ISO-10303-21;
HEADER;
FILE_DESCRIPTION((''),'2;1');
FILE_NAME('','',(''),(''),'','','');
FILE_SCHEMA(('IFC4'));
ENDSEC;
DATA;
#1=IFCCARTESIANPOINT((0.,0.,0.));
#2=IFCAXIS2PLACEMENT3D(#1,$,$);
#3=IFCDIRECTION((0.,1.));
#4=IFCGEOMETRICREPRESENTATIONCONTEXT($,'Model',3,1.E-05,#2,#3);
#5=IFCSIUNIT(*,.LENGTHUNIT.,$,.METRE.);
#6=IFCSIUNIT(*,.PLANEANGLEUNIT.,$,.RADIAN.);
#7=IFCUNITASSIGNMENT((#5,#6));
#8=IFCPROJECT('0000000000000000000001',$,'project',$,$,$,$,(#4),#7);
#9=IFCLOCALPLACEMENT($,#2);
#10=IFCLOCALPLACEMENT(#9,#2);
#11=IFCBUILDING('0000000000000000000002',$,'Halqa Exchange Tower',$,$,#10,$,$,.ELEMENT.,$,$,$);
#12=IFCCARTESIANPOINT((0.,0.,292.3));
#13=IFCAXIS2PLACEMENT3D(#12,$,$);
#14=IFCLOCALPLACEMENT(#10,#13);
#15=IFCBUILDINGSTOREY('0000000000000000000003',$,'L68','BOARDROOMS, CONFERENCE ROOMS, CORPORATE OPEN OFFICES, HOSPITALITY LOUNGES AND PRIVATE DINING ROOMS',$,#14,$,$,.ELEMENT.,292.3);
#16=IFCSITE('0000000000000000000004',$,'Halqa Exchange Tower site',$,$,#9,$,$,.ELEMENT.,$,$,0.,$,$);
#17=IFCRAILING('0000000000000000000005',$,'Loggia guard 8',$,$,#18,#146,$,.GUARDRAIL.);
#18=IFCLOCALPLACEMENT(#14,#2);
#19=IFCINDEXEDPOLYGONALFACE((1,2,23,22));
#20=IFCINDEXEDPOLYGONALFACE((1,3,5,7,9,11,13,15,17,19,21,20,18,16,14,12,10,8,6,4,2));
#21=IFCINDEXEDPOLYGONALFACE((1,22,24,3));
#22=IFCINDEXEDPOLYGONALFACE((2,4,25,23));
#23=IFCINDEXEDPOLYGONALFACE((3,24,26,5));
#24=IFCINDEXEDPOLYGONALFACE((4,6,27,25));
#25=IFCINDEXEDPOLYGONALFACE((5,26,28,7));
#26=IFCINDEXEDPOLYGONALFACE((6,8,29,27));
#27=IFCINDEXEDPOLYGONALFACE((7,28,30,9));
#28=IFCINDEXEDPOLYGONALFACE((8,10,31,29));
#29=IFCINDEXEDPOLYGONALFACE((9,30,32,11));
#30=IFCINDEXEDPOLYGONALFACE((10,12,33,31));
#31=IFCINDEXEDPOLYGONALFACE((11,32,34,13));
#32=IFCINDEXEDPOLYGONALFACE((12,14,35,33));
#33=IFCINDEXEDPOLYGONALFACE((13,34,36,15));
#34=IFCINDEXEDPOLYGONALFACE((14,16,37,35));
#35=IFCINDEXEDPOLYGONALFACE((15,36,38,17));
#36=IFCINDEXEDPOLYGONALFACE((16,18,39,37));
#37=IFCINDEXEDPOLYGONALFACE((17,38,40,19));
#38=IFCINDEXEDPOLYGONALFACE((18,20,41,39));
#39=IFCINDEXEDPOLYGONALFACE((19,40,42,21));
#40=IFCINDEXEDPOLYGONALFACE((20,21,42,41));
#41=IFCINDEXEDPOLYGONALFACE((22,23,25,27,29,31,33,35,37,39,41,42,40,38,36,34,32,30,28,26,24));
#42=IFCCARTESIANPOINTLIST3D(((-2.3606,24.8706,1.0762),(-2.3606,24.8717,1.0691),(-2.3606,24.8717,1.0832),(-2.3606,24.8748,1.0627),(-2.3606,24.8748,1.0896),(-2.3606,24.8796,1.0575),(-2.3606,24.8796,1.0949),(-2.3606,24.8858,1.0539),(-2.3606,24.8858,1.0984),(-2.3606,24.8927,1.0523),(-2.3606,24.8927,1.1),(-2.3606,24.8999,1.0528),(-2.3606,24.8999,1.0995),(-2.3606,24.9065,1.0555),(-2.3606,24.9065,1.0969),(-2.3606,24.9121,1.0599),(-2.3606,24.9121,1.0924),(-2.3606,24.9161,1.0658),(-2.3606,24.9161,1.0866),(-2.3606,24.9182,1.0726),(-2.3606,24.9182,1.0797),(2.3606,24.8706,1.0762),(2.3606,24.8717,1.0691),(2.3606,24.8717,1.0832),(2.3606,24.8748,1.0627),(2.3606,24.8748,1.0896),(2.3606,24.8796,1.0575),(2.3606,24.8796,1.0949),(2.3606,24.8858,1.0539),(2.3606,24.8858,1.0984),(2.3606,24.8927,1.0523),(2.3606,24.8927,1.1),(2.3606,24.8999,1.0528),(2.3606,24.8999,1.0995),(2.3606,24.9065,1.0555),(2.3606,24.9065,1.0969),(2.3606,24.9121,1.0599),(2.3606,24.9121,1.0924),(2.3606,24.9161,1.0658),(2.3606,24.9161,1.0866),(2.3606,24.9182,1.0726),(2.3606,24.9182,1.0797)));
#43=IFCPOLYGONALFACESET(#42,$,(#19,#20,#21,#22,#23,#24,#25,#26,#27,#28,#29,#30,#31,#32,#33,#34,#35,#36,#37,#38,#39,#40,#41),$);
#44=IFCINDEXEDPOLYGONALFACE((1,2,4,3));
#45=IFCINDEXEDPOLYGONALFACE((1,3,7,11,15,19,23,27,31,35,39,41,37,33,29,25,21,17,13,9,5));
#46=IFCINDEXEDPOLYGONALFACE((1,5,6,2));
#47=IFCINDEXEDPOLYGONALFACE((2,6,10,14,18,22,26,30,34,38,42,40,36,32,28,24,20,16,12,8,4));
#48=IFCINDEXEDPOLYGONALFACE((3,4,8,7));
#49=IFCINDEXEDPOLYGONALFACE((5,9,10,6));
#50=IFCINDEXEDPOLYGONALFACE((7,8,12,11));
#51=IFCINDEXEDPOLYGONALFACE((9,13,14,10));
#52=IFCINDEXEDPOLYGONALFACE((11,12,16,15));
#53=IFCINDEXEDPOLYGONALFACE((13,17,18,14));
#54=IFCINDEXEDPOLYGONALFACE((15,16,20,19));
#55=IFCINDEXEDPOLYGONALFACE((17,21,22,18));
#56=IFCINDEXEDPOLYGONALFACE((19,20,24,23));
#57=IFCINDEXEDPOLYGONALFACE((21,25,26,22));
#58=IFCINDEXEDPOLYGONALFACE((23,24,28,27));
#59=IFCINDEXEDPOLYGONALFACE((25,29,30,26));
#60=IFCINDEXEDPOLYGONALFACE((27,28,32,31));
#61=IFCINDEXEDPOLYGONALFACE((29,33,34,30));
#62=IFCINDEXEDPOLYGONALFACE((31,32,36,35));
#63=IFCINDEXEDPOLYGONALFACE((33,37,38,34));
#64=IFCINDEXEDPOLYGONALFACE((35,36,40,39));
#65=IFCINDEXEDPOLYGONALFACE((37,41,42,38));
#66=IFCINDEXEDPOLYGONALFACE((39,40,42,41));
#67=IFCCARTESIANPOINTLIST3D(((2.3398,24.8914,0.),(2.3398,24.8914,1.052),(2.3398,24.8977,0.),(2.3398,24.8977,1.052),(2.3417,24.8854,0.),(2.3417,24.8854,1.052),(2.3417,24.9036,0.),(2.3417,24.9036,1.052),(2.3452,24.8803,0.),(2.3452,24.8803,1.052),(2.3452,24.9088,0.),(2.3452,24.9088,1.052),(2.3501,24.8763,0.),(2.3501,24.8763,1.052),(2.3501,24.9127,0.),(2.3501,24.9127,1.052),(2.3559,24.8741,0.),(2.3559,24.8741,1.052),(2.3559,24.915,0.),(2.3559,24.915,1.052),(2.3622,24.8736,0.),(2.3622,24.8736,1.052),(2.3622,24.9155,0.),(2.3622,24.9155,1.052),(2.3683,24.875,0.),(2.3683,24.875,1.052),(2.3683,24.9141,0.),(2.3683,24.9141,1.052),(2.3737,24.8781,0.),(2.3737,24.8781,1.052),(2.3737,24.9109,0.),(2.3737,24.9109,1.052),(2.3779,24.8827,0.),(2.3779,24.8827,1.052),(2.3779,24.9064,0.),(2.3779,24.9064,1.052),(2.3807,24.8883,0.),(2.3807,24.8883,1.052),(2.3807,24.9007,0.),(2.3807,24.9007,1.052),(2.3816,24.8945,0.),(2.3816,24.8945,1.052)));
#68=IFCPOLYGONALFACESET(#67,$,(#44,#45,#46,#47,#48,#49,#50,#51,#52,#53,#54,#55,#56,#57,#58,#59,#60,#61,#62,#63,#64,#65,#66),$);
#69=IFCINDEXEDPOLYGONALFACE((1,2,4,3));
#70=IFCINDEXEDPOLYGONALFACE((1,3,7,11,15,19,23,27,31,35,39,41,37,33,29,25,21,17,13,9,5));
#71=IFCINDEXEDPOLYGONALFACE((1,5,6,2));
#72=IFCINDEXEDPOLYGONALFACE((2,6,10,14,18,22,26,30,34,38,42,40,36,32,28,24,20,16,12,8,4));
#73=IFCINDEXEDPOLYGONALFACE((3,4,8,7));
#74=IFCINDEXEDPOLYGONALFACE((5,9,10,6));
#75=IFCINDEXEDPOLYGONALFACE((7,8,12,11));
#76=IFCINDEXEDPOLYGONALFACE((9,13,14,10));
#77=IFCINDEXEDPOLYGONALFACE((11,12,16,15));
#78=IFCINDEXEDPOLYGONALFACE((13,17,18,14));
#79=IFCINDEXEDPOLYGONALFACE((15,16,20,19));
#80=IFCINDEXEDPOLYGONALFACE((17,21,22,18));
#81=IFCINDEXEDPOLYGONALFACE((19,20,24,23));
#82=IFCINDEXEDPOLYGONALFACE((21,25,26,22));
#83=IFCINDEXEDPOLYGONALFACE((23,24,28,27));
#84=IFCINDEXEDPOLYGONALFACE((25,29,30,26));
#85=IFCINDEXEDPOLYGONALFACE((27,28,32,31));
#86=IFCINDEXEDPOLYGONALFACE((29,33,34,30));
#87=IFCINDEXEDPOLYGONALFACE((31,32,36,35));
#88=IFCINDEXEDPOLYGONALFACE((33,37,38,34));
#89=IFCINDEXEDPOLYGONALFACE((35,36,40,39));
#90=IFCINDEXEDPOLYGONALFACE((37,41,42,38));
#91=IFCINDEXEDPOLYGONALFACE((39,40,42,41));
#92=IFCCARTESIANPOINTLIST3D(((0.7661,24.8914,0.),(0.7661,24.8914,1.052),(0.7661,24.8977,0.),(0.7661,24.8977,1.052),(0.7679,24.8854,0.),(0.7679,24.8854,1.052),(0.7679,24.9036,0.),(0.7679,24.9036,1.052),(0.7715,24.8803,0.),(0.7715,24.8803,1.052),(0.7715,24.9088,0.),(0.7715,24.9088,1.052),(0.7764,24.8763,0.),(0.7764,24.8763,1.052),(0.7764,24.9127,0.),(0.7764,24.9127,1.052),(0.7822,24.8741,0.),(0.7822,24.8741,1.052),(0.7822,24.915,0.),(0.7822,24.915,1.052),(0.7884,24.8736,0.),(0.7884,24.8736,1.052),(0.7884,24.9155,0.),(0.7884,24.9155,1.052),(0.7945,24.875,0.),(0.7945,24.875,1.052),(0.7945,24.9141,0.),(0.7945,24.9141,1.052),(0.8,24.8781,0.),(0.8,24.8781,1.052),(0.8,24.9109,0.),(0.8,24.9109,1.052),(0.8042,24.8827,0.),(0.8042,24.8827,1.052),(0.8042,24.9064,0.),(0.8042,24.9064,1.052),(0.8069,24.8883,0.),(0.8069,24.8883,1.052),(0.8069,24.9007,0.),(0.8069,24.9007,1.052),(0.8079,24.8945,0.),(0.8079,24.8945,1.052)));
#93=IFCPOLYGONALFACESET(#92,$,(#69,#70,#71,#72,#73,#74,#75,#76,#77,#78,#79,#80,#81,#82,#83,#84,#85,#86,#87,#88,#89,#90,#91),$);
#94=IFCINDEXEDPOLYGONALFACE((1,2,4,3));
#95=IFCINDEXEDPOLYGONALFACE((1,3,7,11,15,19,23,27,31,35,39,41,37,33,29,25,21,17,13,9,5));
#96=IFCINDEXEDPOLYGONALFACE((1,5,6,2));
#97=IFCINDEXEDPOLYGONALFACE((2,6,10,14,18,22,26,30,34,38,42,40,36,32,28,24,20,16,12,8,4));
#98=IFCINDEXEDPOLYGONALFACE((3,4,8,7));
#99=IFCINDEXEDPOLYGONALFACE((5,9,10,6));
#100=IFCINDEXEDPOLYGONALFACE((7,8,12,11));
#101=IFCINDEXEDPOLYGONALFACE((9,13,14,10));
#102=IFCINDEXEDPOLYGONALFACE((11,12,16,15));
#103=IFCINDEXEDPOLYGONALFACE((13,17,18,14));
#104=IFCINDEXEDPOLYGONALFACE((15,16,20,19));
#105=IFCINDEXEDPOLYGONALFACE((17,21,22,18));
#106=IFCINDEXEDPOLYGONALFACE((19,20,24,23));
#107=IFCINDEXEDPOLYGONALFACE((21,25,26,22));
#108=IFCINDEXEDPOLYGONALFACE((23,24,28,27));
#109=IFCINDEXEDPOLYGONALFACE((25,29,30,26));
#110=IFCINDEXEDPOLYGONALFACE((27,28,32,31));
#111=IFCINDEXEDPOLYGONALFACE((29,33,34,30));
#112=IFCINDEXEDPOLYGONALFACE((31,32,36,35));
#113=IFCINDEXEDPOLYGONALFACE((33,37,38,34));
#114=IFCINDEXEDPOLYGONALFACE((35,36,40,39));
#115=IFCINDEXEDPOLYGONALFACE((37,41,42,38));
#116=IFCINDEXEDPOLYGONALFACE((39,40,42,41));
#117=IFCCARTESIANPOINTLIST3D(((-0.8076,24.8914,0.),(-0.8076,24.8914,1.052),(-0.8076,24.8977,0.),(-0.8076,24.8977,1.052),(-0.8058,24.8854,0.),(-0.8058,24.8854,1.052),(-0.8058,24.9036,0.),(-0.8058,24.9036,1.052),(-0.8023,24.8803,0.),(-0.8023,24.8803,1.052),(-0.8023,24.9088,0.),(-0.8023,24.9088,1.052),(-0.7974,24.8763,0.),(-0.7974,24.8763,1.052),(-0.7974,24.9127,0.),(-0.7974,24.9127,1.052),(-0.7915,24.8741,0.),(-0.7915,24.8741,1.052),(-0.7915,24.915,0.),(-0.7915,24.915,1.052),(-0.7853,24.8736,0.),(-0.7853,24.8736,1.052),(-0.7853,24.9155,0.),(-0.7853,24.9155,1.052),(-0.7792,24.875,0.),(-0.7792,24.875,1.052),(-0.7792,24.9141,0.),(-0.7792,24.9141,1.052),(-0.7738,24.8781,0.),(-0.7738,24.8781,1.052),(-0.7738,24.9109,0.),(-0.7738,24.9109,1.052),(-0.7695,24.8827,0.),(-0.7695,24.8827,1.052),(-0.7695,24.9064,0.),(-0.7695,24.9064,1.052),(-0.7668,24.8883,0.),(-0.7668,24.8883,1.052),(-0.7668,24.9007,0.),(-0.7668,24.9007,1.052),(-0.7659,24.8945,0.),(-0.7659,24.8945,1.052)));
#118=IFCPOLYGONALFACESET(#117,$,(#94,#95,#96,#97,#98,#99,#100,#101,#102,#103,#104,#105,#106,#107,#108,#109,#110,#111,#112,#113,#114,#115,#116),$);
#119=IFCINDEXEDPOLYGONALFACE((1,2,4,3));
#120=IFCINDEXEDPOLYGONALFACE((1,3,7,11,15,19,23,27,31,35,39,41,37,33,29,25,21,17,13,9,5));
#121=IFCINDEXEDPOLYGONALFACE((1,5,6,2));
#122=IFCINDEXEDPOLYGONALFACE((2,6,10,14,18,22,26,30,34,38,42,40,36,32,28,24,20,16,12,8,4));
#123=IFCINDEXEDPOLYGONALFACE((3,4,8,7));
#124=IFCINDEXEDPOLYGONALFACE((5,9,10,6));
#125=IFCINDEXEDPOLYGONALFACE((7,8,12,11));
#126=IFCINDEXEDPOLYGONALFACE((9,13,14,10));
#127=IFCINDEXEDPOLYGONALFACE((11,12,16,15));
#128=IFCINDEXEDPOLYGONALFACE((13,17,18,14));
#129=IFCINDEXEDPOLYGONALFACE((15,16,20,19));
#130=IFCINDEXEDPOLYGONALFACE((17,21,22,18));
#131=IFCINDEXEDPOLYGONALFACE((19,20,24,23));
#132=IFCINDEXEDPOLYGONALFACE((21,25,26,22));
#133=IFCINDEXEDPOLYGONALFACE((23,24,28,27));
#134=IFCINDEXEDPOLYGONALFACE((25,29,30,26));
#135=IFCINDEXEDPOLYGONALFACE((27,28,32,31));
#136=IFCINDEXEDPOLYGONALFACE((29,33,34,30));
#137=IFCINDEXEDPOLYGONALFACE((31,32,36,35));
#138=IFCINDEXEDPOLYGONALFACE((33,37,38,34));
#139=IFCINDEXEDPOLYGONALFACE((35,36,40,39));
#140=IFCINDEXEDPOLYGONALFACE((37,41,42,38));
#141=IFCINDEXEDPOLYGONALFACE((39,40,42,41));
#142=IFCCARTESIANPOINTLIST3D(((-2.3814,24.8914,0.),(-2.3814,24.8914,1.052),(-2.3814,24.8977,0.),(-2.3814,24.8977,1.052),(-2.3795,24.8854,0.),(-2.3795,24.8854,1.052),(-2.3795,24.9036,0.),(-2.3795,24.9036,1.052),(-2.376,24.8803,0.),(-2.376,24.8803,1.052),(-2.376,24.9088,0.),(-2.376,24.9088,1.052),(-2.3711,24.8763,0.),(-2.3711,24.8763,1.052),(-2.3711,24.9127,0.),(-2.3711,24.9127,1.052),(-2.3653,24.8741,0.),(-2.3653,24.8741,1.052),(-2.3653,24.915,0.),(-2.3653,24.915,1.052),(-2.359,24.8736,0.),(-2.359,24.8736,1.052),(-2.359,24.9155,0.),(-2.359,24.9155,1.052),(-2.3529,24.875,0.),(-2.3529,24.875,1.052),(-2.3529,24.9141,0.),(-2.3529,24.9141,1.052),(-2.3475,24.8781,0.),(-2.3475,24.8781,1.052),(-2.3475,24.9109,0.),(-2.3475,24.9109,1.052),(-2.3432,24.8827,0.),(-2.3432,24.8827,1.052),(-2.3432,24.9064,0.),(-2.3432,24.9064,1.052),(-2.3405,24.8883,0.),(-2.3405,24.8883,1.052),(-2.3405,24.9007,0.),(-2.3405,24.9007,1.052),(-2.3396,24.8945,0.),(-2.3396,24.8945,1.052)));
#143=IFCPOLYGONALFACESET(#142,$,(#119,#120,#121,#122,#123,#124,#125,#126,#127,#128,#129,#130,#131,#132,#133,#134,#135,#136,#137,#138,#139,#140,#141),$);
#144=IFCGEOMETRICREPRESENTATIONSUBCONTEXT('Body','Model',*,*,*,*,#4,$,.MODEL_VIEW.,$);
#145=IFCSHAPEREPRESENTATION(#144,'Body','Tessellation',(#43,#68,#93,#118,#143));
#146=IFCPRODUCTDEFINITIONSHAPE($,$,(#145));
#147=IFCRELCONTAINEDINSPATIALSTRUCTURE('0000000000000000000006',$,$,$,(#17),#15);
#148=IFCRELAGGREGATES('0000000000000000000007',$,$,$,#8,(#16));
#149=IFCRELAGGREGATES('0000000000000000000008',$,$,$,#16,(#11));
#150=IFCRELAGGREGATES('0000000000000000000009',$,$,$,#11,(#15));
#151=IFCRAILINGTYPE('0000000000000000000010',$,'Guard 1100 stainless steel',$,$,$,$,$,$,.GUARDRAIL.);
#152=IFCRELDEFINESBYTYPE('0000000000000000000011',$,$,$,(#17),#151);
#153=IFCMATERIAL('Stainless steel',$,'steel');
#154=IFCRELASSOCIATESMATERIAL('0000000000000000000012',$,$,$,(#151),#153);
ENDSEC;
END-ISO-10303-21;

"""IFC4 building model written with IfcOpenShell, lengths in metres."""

from ifc_helpers import new_model, si_unit, direction, frame, origin, origin_2d, place, context, subcontext, project, spatial, circle, extrude, material, type_object, element, save


model = new_model("IFC4")

# Units and contexts
model_context = context("Model", 3, precision=1e-05, world=origin(), true_north=direction((0.0, 1.0)))
body_context = subcontext(model_context, "Body", "Model", "MODEL_VIEW")
ifc_project = project(units=[si_unit("LENGTHUNIT", "METRE"), si_unit("PLANEANGLEUNIT", "RADIAN")], contexts=[model_context])

# Site, building, storey
site_placement = place(None, origin())
site = spatial("IfcSite", under=ifc_project, at=site_placement, Name="Halqa Exchange Tower site", CompositionType="ELEMENT", RefElevation=0.0)
building_placement = place(site_placement, origin())
building = spatial("IfcBuilding", under=site, at=building_placement, Name="Halqa Exchange Tower", CompositionType="ELEMENT")
storey_placement = place(building_placement, frame((0.0, 0.0, 292.3)))
storey = spatial("IfcBuildingStorey", under=building, at=storey_placement, Name="L68", Description="BOARDROOMS, CONFERENCE ROOMS, CORPORATE OPEN OFFICES, HOSPITALITY LOUNGES AND PRIVATE DINING ROOMS", CompositionType="ELEMENT", Elevation=292.3)

# Railing
ifc_material_1 = material(Name="Stainless steel", Category="steel")
railing_type_1 = type_object("IfcRailingType", Name="Guard 1100 stainless steel", PredefinedType="GUARDRAIL", material=ifc_material_1)
railing_1_placement = place(storey_placement, frame((2.3606, 24.8945, 0.0)))
element("IfcRailing", 1, at=railing_1_placement, inside=storey, type_object=railing_type_1, Name="Loggia guard 8", PredefinedType="GUARDRAIL", context=body_context, shape_type="SweptSolid", body=[
    extrude(circle(Radius=0.0239, at=origin_2d()), frame((0.0, 0.0, 1.0762), z_axis=(-1.0, 0.0, 0.0), x_axis=(0.0, -1.0, 0.0)), (0.0, 0.0, 1.0), 4.7212),
    extrude(circle(Radius=0.021, at=origin_2d()), origin(), (0.0, 0.0, 1.0), 1.052),
    extrude(circle(Radius=0.021, at=origin_2d()), frame((-1.5737, 0.0, 0.0)), (0.0, 0.0, 1.0), 1.052),
    extrude(circle(Radius=0.021, at=origin_2d()), frame((-3.1475, 0.0, 0.0)), (0.0, 0.0, 1.0), 1.052),
    extrude(circle(Radius=0.021, at=origin_2d()), frame((-4.7212, 0.0, 0.0)), (0.0, 0.0, 1.0), 1.052),
])

save(model, "model.ifc")
